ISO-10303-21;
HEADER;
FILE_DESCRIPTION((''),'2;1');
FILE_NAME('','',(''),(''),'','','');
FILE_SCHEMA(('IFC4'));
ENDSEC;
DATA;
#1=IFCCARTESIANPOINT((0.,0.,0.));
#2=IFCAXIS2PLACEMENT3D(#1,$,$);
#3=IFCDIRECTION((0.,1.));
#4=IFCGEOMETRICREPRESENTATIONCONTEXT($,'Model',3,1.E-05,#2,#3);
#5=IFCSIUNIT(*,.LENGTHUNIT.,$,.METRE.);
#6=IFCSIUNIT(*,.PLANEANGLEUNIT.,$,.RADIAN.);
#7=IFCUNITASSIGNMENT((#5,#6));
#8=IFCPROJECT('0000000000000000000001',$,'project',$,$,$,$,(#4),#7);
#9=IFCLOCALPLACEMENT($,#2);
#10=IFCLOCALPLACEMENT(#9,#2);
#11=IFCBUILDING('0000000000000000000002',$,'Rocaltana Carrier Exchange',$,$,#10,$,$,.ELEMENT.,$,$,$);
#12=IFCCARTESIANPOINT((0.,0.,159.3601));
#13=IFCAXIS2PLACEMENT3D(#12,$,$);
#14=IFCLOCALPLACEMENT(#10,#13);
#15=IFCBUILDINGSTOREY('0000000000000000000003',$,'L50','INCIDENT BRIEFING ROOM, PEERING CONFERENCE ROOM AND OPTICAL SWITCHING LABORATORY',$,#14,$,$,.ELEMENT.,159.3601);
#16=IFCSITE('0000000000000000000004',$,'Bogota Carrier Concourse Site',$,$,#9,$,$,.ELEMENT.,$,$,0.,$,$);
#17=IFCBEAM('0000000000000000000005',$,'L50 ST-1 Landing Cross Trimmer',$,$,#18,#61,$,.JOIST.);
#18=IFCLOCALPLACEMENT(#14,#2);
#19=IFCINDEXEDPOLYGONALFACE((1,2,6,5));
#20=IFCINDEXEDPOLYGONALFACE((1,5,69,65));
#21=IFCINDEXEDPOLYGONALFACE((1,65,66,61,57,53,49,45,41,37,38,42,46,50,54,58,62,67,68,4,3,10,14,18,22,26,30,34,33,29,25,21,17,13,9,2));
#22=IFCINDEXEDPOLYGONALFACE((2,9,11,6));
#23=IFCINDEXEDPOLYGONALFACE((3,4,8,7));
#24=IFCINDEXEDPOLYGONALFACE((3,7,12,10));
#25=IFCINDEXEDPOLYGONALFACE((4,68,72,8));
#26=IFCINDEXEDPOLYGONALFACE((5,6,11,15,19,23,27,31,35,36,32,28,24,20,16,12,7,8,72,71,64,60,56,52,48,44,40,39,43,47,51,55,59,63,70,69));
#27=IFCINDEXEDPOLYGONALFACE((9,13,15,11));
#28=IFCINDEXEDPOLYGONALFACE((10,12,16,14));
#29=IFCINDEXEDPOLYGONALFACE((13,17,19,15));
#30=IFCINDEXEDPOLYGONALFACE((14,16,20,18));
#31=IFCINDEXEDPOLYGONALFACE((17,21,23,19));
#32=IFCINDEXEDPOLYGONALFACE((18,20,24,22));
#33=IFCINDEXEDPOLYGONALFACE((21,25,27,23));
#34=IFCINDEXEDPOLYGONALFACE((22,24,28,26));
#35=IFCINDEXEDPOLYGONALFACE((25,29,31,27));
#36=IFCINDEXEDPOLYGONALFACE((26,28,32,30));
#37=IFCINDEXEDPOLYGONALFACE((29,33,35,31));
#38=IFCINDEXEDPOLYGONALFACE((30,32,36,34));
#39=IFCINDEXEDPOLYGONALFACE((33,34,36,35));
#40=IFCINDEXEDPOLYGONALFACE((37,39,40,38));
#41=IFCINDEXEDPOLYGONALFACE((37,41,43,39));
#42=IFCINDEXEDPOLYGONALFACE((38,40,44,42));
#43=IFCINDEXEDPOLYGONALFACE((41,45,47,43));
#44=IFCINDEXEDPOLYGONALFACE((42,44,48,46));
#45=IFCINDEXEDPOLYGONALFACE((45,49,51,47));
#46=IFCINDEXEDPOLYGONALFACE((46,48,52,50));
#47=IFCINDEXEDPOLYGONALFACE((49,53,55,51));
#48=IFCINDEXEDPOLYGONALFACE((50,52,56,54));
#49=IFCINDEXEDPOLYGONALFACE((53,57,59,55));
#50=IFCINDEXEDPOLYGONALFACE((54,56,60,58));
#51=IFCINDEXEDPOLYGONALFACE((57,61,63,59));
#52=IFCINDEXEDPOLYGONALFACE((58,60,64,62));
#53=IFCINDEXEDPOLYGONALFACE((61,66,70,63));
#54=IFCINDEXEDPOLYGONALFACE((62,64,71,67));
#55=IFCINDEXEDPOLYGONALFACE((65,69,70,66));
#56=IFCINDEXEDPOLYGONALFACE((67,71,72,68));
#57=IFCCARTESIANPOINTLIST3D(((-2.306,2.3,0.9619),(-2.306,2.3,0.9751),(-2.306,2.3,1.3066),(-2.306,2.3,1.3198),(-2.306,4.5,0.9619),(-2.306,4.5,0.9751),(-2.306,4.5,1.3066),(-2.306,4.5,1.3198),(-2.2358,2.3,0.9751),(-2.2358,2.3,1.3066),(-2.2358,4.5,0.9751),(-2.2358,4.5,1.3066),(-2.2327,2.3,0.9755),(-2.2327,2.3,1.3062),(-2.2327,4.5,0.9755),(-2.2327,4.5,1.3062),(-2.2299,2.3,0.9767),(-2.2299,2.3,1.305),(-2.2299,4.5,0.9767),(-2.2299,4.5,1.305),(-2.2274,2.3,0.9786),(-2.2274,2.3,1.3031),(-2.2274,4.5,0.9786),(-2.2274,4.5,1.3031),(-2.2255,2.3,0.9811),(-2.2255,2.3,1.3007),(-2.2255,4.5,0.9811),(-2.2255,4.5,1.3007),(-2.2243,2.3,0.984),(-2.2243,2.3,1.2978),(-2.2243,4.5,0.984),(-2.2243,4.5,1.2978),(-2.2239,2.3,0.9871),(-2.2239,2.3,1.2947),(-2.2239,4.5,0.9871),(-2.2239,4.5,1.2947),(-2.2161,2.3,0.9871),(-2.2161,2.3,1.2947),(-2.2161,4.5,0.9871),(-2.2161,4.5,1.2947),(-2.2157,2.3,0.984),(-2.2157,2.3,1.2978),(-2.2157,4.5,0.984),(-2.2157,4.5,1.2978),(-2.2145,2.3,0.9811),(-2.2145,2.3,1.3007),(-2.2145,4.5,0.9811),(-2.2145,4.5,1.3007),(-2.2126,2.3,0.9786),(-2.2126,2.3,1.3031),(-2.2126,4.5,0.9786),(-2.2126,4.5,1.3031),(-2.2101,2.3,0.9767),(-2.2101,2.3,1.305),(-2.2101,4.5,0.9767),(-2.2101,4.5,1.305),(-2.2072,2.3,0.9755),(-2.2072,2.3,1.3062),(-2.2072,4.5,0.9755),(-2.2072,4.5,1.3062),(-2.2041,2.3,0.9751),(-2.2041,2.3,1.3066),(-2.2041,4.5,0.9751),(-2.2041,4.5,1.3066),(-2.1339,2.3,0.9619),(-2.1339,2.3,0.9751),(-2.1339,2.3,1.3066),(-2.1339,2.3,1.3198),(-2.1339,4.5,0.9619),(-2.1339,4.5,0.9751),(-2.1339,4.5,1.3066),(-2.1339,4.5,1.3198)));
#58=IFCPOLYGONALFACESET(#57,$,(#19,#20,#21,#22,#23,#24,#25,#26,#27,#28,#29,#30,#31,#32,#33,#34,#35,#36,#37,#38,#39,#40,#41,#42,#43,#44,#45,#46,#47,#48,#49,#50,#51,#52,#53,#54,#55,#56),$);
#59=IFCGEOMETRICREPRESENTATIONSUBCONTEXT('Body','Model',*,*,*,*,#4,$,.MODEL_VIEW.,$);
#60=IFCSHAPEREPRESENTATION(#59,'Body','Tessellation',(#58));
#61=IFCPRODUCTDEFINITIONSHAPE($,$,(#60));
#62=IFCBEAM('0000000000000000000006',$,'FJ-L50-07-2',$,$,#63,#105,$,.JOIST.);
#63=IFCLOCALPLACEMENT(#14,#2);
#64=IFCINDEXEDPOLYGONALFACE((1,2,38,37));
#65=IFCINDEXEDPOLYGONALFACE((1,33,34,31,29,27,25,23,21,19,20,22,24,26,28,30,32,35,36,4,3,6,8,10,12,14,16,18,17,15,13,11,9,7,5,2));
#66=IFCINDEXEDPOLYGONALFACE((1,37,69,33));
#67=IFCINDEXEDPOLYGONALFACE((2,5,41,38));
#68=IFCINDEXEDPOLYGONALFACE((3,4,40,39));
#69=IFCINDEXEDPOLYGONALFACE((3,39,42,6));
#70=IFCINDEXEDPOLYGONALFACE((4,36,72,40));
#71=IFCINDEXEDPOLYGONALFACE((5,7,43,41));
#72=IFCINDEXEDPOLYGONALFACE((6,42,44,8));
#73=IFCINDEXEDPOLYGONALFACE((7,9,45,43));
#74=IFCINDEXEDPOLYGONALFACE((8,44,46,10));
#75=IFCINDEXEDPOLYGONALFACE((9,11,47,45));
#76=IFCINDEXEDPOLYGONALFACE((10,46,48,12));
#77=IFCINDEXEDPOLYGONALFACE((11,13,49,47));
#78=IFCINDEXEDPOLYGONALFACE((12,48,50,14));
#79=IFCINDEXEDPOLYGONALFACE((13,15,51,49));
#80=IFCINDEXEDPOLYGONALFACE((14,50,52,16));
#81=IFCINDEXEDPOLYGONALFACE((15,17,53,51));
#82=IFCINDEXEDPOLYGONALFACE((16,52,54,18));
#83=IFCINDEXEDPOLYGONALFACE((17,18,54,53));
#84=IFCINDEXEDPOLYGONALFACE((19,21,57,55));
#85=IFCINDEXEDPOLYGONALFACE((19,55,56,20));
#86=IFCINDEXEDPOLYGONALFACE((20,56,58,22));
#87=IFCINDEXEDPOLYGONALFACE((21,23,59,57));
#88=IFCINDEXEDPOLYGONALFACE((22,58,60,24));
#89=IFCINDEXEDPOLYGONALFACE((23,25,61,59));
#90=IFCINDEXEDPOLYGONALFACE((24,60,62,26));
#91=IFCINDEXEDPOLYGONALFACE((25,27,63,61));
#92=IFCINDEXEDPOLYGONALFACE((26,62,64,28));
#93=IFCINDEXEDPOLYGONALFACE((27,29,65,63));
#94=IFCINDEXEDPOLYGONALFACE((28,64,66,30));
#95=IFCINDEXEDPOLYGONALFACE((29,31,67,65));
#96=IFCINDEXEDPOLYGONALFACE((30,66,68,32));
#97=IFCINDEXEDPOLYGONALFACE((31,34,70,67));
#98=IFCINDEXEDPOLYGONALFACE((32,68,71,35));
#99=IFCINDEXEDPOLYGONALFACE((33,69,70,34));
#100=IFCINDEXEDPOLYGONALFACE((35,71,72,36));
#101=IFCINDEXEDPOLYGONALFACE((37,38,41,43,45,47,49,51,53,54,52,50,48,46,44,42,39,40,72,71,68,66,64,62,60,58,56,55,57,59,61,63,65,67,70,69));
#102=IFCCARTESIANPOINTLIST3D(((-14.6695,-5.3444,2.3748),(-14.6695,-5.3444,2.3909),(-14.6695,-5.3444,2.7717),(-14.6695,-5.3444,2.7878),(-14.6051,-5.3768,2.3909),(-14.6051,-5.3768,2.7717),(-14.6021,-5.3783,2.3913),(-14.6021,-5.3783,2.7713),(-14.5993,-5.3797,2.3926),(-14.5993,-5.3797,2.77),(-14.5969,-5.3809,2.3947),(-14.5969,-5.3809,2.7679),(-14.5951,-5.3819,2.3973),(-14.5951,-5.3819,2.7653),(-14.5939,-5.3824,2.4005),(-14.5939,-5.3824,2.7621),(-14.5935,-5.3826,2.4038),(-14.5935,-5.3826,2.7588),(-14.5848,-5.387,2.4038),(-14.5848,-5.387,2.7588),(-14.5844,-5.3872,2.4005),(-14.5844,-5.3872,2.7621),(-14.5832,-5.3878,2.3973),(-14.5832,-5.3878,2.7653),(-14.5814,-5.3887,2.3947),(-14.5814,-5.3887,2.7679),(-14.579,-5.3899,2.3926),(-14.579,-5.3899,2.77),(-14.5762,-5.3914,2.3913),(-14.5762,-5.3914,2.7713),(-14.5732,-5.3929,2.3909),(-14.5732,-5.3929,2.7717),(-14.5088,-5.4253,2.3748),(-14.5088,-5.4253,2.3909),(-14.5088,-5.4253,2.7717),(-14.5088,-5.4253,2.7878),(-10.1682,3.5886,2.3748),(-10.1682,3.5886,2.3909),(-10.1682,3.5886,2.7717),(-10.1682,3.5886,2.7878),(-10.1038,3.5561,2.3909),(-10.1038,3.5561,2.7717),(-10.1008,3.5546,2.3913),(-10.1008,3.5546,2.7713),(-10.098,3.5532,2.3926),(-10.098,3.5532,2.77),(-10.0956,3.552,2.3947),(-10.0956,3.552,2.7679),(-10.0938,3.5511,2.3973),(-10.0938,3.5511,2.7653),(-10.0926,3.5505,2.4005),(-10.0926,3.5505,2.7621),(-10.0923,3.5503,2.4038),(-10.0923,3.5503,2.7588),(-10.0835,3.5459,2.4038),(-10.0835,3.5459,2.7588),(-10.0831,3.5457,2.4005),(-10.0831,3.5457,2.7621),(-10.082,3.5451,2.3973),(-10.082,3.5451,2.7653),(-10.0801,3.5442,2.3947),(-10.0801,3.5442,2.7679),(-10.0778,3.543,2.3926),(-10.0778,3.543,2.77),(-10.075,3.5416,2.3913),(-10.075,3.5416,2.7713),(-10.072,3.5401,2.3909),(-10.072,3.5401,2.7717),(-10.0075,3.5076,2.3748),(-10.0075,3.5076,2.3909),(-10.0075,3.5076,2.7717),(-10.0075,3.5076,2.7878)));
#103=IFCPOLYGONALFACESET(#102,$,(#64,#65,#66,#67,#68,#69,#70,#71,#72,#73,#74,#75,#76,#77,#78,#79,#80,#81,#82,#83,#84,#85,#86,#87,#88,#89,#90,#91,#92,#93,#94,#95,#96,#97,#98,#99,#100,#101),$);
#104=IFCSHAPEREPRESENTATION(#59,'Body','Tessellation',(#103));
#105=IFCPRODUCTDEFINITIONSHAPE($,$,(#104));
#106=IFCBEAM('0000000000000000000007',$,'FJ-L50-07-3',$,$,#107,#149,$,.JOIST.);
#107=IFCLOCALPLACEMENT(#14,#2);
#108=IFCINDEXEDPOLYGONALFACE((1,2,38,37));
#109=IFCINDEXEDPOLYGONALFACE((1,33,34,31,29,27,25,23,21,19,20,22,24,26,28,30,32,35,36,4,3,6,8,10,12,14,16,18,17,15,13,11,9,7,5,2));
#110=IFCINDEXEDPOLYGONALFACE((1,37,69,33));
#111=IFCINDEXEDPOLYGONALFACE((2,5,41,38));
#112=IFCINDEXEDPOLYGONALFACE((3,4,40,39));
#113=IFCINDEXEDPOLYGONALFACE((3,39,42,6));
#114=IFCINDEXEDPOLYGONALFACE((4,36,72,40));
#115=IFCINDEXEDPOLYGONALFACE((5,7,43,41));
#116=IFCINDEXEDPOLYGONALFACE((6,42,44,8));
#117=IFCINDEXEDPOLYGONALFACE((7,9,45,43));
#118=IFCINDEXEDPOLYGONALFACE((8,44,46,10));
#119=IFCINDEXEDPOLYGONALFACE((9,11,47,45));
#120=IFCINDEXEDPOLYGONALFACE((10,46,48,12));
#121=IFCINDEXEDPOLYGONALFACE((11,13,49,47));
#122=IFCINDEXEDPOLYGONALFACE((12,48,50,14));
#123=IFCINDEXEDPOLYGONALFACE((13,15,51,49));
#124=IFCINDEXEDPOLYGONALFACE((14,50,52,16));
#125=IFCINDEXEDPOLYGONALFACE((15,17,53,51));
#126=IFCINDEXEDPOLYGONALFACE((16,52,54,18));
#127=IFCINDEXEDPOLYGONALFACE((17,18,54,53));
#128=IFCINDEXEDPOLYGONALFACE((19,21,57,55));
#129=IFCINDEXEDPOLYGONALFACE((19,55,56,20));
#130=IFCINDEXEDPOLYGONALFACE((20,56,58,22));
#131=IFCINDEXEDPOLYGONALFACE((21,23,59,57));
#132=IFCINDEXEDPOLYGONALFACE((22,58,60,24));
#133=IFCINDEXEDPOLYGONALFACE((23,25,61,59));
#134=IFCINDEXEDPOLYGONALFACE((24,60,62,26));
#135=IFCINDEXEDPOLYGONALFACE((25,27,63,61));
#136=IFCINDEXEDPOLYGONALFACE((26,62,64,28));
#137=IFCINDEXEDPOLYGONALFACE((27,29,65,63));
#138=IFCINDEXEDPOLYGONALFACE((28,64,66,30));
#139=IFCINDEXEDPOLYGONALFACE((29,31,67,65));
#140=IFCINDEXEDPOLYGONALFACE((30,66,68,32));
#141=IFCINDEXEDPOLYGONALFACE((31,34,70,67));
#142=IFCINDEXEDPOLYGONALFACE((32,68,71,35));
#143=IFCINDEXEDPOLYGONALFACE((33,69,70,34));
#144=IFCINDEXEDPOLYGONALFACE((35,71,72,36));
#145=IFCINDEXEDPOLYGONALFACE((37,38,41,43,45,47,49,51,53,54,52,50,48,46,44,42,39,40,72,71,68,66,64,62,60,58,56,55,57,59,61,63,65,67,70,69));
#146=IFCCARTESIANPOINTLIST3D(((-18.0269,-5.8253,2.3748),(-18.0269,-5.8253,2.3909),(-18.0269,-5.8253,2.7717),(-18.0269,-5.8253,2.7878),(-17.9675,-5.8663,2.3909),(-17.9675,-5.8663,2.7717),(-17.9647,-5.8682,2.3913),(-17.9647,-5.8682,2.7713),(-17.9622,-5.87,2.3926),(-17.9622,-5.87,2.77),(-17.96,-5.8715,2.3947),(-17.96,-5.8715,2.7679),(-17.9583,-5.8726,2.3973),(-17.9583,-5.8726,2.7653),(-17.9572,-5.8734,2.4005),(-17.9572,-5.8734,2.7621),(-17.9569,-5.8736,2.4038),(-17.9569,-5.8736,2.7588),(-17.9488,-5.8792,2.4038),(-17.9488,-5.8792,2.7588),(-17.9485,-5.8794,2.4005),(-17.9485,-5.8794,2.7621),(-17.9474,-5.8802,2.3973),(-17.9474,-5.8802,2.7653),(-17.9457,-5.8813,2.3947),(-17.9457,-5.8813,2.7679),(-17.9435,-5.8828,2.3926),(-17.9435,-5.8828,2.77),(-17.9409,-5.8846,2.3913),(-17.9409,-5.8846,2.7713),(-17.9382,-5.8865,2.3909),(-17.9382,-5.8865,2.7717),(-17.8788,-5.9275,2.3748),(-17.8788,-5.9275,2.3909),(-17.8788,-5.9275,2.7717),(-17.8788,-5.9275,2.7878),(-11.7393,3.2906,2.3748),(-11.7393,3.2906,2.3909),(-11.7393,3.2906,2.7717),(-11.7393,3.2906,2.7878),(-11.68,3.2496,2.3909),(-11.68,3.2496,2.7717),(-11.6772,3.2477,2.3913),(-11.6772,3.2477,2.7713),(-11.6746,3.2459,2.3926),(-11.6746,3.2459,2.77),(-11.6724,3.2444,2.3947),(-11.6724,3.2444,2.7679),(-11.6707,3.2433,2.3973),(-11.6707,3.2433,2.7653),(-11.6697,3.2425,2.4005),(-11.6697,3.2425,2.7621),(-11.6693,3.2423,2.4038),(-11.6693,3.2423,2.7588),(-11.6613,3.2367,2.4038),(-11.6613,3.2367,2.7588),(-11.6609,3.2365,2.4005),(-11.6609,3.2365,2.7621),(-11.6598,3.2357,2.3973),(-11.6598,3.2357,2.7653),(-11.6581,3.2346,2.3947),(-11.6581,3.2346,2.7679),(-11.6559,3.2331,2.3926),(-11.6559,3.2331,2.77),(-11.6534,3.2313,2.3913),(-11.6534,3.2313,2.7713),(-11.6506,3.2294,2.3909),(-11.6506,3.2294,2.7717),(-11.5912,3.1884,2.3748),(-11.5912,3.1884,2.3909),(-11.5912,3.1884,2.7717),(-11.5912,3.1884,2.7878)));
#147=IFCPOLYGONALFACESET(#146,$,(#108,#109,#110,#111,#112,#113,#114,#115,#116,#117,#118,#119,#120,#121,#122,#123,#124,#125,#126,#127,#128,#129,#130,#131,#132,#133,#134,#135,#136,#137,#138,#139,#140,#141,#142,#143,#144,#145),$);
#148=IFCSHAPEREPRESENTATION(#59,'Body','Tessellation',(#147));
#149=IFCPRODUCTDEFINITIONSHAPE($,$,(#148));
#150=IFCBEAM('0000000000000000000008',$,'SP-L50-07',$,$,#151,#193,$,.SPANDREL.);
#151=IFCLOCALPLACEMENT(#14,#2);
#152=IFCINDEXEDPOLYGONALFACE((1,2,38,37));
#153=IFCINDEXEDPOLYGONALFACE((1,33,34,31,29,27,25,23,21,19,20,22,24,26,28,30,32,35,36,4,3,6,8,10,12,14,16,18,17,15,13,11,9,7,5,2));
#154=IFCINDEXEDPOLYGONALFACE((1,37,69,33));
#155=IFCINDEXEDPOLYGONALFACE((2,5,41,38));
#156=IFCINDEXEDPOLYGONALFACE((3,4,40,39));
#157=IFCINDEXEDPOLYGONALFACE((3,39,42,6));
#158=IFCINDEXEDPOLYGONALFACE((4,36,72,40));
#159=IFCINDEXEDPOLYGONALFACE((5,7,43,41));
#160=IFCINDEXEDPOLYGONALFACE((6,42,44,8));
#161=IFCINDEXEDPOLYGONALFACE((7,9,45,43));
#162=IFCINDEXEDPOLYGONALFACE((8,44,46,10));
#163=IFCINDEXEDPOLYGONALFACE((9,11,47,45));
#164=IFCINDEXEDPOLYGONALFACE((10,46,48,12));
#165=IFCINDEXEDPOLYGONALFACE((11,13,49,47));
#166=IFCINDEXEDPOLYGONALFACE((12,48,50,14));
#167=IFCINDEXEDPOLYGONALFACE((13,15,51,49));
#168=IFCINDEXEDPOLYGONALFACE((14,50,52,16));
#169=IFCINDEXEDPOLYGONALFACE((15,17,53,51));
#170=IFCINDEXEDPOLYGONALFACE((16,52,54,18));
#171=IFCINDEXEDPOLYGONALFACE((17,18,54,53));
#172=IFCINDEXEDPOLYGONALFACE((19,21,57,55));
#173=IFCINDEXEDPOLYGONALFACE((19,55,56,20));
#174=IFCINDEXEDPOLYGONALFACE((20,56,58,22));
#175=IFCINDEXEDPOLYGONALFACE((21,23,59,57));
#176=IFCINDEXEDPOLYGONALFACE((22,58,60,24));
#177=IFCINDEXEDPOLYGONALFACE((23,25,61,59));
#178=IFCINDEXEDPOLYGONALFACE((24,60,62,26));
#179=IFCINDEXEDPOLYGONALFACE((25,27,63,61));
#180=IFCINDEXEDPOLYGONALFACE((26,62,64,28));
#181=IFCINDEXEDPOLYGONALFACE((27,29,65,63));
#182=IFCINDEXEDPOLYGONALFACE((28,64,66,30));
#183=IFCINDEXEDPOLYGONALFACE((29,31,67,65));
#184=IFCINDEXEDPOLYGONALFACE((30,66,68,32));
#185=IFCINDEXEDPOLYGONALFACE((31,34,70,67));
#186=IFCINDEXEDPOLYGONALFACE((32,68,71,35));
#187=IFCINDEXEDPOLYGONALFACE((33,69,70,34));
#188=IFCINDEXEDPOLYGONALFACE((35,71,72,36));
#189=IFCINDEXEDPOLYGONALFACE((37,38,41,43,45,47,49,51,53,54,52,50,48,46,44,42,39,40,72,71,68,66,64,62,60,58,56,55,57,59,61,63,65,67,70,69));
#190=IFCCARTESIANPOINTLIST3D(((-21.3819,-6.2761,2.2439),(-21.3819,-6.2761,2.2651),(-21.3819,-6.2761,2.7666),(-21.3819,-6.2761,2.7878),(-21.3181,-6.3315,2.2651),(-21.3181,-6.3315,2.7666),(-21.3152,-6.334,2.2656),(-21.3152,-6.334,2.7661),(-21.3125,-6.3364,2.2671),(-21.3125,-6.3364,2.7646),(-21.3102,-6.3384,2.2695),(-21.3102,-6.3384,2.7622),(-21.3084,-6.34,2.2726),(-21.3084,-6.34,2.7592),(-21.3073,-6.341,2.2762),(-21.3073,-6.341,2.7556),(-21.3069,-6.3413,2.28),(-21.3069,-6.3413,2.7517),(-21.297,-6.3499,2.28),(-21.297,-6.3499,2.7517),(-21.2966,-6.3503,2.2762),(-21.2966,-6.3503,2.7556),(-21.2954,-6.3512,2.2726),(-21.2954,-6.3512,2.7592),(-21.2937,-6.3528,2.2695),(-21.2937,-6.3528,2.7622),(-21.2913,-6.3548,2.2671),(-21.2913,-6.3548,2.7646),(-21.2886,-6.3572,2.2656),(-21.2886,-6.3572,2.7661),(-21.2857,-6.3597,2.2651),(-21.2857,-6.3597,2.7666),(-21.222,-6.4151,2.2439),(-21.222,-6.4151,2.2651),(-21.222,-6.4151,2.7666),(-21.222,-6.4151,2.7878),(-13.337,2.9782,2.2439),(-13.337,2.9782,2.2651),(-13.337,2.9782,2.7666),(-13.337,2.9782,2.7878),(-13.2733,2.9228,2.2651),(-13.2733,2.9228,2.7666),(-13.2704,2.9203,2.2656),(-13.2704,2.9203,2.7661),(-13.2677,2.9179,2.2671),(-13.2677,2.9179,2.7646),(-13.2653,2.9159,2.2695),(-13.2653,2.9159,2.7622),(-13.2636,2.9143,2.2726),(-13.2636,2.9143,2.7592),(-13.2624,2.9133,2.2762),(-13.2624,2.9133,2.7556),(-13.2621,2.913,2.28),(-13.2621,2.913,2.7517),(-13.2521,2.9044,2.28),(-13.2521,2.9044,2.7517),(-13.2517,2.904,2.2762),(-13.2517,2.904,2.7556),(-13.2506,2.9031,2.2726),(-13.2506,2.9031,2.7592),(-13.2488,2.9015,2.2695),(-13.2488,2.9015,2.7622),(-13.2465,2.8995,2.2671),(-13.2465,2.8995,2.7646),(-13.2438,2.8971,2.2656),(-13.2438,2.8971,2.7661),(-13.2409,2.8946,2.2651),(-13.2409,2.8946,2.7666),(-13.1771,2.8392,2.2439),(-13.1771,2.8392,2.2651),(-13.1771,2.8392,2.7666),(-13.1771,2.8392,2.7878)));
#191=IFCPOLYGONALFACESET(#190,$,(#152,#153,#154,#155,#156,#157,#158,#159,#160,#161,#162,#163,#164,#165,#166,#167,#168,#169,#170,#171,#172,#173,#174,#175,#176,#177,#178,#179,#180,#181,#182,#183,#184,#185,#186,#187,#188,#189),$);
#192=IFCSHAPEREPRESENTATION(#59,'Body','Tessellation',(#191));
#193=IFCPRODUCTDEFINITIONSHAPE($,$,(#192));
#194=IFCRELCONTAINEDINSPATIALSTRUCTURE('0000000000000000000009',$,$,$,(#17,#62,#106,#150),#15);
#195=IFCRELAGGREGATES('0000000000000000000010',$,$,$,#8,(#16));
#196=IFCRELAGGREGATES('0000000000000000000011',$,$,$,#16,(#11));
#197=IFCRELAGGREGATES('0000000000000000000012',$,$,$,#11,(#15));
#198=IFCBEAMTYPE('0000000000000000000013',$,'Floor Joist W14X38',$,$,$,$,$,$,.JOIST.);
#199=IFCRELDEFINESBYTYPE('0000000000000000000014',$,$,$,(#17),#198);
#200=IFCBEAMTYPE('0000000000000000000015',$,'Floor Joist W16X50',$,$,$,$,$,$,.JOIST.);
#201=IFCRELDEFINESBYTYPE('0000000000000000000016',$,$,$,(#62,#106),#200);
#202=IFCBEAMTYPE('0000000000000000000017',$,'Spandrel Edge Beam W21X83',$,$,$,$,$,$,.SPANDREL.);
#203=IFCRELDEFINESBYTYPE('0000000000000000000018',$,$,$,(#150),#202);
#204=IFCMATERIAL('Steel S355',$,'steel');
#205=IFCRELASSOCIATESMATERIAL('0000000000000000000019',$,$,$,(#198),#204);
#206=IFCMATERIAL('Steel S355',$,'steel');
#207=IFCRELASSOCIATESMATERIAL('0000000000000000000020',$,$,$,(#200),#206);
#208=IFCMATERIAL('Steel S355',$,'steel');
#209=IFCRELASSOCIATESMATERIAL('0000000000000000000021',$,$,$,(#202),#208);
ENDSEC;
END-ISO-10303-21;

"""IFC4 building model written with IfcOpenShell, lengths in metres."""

from ifc_helpers import new_model, si_unit, direction, frame, origin, origin_2d, place, context, subcontext, project, spatial, i_section, extrude, material, material_profile, profile_set, type_object, element, save


model = new_model("IFC4")

# Units and contexts
model_context = context("Model", 3, precision=1e-05, world=origin(), true_north=direction((0.0, 1.0)))
body_context = subcontext(model_context, "Body", "Model", "MODEL_VIEW")
ifc_project = project(units=[si_unit("LENGTHUNIT", "METRE"), si_unit("PLANEANGLEUNIT", "RADIAN")], contexts=[model_context])

# Site, building, storey
site_placement = place(None, origin())
site = spatial("IfcSite", under=ifc_project, at=site_placement, Name="Bogota Carrier Concourse Site", CompositionType="ELEMENT", RefElevation=0.0)
building_placement = place(site_placement, origin())
building = spatial("IfcBuilding", under=site, at=building_placement, Name="Rocaltana Carrier Exchange", CompositionType="ELEMENT")
storey_placement = place(building_placement, frame((0.0, 0.0, 159.3601)))
storey = spatial("IfcBuildingStorey", under=building, at=storey_placement, Name="L50", Description="INCIDENT BRIEFING ROOM, PEERING CONFERENCE ROOM AND OPTICAL SWITCHING LABORATORY", CompositionType="ELEMENT", Elevation=159.3601)

# Beams
ifc_material_1 = material(Name="Steel S355", Category="steel")
ifc_material_profile_1 = material_profile(ifc_material_1, i_section(OverallWidth=0.1721, OverallDepth=0.3579, WebThickness=0.0078, FlangeThickness=0.0132, FilletRadius=0.012, at=origin_2d()), Name="W14X38")
ifc_profile_set_1 = profile_set([ifc_material_profile_1], Name="Steel S355")
beam_type_1 = type_object("IfcBeamType", Name="Floor Joist W14X38", PredefinedType="JOIST", material=ifc_profile_set_1)
beam_1_placement = place(storey_placement, frame((-2.22, 2.3, 1.1409), z_axis=(0.0, 1.0, 0.0), x_axis=(-1.0, 0.0, 0.0)))
element("IfcBeam", 1, at=beam_1_placement, inside=storey, type_object=beam_type_1, Name="L50 ST-1 Landing Cross Trimmer", PredefinedType="JOIST", context=body_context, shape_type="SweptSolid", body=[
    extrude(i_section(OverallWidth=0.1721, OverallDepth=0.3579, WebThickness=0.0078, FlangeThickness=0.0132, FilletRadius=0.012, at=origin_2d()), origin(), (0.0, 0.0, 1.0), 2.2),
])
ifc_material_2 = material(Name="Steel S355", Category="steel")
ifc_material_profile_2 = material_profile(ifc_material_2, i_section(OverallWidth=0.1799, OverallDepth=0.4131, WebThickness=0.0098, FlangeThickness=0.0161, FilletRadius=0.0129, at=origin_2d()), Name="W16X50")
ifc_profile_set_2 = profile_set([ifc_material_profile_2], Name="Steel S355")
beam_type_2 = type_object("IfcBeamType", Name="Floor Joist W16X50", PredefinedType="JOIST", material=ifc_profile_set_2)
beam_2_placement = place(storey_placement, frame((-10.0879, 3.5481, 2.5813), z_axis=(-0.449994, -0.893032, 0.0), x_axis=(0.893032, -0.449994, 0.0)))
element("IfcBeam", 2, at=beam_2_placement, inside=storey, type_object=beam_type_2, Name="FJ-L50-07-2", PredefinedType="JOIST", context=body_context, shape_type="SweptSolid", body=[
    extrude(i_section(OverallWidth=0.1799, OverallDepth=0.4131, WebThickness=0.0098, FlangeThickness=0.0161, FilletRadius=0.0129, at=origin_2d()), origin(), (0.0, 0.0, 1.0), 10.0029),
])
beam_3_placement = place(storey_placement, frame((-11.6653, 3.2395, 2.5813), z_axis=(-0.567777, -0.823182, 0.0), x_axis=(0.823182, -0.567777, 0.0)))
element("IfcBeam", 3, at=beam_3_placement, inside=storey, type_object=beam_type_2, Name="FJ-L50-07-3", PredefinedType="JOIST", context=body_context, shape_type="SweptSolid", body=[
    extrude(i_section(OverallWidth=0.1799, OverallDepth=0.4131, WebThickness=0.0098, FlangeThickness=0.0161, FilletRadius=0.0129, at=origin_2d()), origin(), (0.0, 0.0, 1.0), 11.074),
])
ifc_material_3 = material(Name="Steel S355", Category="steel")
ifc_material_profile_3 = material_profile(ifc_material_3, i_section(OverallWidth=0.2119, OverallDepth=0.5439, WebThickness=0.0132, FlangeThickness=0.0212, FilletRadius=0.0149, at=origin_2d()), Name="W21X83")
ifc_profile_set_3 = profile_set([ifc_material_profile_3], Name="Steel S355")
beam_type_3 = type_object("IfcBeamType", Name="Spandrel Edge Beam W21X83", PredefinedType="SPANDREL", material=ifc_profile_set_3)
beam_4_placement = place(storey_placement, frame((-13.2571, 2.9087, 2.5159), z_axis=(-0.656068, -0.754702, 0.0), x_axis=(0.754702, -0.656068, 0.0)))
element("IfcBeam", 4, at=beam_4_placement, inside=storey, type_object=beam_type_3, Name="SP-L50-07", PredefinedType="SPANDREL", context=body_context, shape_type="SweptSolid", body=[
    extrude(i_section(OverallWidth=0.2119, OverallDepth=0.5439, WebThickness=0.0132, FlangeThickness=0.0212, FilletRadius=0.0149, at=origin_2d()), origin(), (0.0, 0.0, 1.0), 12.2622),
])

save(model, "model.ifc")
